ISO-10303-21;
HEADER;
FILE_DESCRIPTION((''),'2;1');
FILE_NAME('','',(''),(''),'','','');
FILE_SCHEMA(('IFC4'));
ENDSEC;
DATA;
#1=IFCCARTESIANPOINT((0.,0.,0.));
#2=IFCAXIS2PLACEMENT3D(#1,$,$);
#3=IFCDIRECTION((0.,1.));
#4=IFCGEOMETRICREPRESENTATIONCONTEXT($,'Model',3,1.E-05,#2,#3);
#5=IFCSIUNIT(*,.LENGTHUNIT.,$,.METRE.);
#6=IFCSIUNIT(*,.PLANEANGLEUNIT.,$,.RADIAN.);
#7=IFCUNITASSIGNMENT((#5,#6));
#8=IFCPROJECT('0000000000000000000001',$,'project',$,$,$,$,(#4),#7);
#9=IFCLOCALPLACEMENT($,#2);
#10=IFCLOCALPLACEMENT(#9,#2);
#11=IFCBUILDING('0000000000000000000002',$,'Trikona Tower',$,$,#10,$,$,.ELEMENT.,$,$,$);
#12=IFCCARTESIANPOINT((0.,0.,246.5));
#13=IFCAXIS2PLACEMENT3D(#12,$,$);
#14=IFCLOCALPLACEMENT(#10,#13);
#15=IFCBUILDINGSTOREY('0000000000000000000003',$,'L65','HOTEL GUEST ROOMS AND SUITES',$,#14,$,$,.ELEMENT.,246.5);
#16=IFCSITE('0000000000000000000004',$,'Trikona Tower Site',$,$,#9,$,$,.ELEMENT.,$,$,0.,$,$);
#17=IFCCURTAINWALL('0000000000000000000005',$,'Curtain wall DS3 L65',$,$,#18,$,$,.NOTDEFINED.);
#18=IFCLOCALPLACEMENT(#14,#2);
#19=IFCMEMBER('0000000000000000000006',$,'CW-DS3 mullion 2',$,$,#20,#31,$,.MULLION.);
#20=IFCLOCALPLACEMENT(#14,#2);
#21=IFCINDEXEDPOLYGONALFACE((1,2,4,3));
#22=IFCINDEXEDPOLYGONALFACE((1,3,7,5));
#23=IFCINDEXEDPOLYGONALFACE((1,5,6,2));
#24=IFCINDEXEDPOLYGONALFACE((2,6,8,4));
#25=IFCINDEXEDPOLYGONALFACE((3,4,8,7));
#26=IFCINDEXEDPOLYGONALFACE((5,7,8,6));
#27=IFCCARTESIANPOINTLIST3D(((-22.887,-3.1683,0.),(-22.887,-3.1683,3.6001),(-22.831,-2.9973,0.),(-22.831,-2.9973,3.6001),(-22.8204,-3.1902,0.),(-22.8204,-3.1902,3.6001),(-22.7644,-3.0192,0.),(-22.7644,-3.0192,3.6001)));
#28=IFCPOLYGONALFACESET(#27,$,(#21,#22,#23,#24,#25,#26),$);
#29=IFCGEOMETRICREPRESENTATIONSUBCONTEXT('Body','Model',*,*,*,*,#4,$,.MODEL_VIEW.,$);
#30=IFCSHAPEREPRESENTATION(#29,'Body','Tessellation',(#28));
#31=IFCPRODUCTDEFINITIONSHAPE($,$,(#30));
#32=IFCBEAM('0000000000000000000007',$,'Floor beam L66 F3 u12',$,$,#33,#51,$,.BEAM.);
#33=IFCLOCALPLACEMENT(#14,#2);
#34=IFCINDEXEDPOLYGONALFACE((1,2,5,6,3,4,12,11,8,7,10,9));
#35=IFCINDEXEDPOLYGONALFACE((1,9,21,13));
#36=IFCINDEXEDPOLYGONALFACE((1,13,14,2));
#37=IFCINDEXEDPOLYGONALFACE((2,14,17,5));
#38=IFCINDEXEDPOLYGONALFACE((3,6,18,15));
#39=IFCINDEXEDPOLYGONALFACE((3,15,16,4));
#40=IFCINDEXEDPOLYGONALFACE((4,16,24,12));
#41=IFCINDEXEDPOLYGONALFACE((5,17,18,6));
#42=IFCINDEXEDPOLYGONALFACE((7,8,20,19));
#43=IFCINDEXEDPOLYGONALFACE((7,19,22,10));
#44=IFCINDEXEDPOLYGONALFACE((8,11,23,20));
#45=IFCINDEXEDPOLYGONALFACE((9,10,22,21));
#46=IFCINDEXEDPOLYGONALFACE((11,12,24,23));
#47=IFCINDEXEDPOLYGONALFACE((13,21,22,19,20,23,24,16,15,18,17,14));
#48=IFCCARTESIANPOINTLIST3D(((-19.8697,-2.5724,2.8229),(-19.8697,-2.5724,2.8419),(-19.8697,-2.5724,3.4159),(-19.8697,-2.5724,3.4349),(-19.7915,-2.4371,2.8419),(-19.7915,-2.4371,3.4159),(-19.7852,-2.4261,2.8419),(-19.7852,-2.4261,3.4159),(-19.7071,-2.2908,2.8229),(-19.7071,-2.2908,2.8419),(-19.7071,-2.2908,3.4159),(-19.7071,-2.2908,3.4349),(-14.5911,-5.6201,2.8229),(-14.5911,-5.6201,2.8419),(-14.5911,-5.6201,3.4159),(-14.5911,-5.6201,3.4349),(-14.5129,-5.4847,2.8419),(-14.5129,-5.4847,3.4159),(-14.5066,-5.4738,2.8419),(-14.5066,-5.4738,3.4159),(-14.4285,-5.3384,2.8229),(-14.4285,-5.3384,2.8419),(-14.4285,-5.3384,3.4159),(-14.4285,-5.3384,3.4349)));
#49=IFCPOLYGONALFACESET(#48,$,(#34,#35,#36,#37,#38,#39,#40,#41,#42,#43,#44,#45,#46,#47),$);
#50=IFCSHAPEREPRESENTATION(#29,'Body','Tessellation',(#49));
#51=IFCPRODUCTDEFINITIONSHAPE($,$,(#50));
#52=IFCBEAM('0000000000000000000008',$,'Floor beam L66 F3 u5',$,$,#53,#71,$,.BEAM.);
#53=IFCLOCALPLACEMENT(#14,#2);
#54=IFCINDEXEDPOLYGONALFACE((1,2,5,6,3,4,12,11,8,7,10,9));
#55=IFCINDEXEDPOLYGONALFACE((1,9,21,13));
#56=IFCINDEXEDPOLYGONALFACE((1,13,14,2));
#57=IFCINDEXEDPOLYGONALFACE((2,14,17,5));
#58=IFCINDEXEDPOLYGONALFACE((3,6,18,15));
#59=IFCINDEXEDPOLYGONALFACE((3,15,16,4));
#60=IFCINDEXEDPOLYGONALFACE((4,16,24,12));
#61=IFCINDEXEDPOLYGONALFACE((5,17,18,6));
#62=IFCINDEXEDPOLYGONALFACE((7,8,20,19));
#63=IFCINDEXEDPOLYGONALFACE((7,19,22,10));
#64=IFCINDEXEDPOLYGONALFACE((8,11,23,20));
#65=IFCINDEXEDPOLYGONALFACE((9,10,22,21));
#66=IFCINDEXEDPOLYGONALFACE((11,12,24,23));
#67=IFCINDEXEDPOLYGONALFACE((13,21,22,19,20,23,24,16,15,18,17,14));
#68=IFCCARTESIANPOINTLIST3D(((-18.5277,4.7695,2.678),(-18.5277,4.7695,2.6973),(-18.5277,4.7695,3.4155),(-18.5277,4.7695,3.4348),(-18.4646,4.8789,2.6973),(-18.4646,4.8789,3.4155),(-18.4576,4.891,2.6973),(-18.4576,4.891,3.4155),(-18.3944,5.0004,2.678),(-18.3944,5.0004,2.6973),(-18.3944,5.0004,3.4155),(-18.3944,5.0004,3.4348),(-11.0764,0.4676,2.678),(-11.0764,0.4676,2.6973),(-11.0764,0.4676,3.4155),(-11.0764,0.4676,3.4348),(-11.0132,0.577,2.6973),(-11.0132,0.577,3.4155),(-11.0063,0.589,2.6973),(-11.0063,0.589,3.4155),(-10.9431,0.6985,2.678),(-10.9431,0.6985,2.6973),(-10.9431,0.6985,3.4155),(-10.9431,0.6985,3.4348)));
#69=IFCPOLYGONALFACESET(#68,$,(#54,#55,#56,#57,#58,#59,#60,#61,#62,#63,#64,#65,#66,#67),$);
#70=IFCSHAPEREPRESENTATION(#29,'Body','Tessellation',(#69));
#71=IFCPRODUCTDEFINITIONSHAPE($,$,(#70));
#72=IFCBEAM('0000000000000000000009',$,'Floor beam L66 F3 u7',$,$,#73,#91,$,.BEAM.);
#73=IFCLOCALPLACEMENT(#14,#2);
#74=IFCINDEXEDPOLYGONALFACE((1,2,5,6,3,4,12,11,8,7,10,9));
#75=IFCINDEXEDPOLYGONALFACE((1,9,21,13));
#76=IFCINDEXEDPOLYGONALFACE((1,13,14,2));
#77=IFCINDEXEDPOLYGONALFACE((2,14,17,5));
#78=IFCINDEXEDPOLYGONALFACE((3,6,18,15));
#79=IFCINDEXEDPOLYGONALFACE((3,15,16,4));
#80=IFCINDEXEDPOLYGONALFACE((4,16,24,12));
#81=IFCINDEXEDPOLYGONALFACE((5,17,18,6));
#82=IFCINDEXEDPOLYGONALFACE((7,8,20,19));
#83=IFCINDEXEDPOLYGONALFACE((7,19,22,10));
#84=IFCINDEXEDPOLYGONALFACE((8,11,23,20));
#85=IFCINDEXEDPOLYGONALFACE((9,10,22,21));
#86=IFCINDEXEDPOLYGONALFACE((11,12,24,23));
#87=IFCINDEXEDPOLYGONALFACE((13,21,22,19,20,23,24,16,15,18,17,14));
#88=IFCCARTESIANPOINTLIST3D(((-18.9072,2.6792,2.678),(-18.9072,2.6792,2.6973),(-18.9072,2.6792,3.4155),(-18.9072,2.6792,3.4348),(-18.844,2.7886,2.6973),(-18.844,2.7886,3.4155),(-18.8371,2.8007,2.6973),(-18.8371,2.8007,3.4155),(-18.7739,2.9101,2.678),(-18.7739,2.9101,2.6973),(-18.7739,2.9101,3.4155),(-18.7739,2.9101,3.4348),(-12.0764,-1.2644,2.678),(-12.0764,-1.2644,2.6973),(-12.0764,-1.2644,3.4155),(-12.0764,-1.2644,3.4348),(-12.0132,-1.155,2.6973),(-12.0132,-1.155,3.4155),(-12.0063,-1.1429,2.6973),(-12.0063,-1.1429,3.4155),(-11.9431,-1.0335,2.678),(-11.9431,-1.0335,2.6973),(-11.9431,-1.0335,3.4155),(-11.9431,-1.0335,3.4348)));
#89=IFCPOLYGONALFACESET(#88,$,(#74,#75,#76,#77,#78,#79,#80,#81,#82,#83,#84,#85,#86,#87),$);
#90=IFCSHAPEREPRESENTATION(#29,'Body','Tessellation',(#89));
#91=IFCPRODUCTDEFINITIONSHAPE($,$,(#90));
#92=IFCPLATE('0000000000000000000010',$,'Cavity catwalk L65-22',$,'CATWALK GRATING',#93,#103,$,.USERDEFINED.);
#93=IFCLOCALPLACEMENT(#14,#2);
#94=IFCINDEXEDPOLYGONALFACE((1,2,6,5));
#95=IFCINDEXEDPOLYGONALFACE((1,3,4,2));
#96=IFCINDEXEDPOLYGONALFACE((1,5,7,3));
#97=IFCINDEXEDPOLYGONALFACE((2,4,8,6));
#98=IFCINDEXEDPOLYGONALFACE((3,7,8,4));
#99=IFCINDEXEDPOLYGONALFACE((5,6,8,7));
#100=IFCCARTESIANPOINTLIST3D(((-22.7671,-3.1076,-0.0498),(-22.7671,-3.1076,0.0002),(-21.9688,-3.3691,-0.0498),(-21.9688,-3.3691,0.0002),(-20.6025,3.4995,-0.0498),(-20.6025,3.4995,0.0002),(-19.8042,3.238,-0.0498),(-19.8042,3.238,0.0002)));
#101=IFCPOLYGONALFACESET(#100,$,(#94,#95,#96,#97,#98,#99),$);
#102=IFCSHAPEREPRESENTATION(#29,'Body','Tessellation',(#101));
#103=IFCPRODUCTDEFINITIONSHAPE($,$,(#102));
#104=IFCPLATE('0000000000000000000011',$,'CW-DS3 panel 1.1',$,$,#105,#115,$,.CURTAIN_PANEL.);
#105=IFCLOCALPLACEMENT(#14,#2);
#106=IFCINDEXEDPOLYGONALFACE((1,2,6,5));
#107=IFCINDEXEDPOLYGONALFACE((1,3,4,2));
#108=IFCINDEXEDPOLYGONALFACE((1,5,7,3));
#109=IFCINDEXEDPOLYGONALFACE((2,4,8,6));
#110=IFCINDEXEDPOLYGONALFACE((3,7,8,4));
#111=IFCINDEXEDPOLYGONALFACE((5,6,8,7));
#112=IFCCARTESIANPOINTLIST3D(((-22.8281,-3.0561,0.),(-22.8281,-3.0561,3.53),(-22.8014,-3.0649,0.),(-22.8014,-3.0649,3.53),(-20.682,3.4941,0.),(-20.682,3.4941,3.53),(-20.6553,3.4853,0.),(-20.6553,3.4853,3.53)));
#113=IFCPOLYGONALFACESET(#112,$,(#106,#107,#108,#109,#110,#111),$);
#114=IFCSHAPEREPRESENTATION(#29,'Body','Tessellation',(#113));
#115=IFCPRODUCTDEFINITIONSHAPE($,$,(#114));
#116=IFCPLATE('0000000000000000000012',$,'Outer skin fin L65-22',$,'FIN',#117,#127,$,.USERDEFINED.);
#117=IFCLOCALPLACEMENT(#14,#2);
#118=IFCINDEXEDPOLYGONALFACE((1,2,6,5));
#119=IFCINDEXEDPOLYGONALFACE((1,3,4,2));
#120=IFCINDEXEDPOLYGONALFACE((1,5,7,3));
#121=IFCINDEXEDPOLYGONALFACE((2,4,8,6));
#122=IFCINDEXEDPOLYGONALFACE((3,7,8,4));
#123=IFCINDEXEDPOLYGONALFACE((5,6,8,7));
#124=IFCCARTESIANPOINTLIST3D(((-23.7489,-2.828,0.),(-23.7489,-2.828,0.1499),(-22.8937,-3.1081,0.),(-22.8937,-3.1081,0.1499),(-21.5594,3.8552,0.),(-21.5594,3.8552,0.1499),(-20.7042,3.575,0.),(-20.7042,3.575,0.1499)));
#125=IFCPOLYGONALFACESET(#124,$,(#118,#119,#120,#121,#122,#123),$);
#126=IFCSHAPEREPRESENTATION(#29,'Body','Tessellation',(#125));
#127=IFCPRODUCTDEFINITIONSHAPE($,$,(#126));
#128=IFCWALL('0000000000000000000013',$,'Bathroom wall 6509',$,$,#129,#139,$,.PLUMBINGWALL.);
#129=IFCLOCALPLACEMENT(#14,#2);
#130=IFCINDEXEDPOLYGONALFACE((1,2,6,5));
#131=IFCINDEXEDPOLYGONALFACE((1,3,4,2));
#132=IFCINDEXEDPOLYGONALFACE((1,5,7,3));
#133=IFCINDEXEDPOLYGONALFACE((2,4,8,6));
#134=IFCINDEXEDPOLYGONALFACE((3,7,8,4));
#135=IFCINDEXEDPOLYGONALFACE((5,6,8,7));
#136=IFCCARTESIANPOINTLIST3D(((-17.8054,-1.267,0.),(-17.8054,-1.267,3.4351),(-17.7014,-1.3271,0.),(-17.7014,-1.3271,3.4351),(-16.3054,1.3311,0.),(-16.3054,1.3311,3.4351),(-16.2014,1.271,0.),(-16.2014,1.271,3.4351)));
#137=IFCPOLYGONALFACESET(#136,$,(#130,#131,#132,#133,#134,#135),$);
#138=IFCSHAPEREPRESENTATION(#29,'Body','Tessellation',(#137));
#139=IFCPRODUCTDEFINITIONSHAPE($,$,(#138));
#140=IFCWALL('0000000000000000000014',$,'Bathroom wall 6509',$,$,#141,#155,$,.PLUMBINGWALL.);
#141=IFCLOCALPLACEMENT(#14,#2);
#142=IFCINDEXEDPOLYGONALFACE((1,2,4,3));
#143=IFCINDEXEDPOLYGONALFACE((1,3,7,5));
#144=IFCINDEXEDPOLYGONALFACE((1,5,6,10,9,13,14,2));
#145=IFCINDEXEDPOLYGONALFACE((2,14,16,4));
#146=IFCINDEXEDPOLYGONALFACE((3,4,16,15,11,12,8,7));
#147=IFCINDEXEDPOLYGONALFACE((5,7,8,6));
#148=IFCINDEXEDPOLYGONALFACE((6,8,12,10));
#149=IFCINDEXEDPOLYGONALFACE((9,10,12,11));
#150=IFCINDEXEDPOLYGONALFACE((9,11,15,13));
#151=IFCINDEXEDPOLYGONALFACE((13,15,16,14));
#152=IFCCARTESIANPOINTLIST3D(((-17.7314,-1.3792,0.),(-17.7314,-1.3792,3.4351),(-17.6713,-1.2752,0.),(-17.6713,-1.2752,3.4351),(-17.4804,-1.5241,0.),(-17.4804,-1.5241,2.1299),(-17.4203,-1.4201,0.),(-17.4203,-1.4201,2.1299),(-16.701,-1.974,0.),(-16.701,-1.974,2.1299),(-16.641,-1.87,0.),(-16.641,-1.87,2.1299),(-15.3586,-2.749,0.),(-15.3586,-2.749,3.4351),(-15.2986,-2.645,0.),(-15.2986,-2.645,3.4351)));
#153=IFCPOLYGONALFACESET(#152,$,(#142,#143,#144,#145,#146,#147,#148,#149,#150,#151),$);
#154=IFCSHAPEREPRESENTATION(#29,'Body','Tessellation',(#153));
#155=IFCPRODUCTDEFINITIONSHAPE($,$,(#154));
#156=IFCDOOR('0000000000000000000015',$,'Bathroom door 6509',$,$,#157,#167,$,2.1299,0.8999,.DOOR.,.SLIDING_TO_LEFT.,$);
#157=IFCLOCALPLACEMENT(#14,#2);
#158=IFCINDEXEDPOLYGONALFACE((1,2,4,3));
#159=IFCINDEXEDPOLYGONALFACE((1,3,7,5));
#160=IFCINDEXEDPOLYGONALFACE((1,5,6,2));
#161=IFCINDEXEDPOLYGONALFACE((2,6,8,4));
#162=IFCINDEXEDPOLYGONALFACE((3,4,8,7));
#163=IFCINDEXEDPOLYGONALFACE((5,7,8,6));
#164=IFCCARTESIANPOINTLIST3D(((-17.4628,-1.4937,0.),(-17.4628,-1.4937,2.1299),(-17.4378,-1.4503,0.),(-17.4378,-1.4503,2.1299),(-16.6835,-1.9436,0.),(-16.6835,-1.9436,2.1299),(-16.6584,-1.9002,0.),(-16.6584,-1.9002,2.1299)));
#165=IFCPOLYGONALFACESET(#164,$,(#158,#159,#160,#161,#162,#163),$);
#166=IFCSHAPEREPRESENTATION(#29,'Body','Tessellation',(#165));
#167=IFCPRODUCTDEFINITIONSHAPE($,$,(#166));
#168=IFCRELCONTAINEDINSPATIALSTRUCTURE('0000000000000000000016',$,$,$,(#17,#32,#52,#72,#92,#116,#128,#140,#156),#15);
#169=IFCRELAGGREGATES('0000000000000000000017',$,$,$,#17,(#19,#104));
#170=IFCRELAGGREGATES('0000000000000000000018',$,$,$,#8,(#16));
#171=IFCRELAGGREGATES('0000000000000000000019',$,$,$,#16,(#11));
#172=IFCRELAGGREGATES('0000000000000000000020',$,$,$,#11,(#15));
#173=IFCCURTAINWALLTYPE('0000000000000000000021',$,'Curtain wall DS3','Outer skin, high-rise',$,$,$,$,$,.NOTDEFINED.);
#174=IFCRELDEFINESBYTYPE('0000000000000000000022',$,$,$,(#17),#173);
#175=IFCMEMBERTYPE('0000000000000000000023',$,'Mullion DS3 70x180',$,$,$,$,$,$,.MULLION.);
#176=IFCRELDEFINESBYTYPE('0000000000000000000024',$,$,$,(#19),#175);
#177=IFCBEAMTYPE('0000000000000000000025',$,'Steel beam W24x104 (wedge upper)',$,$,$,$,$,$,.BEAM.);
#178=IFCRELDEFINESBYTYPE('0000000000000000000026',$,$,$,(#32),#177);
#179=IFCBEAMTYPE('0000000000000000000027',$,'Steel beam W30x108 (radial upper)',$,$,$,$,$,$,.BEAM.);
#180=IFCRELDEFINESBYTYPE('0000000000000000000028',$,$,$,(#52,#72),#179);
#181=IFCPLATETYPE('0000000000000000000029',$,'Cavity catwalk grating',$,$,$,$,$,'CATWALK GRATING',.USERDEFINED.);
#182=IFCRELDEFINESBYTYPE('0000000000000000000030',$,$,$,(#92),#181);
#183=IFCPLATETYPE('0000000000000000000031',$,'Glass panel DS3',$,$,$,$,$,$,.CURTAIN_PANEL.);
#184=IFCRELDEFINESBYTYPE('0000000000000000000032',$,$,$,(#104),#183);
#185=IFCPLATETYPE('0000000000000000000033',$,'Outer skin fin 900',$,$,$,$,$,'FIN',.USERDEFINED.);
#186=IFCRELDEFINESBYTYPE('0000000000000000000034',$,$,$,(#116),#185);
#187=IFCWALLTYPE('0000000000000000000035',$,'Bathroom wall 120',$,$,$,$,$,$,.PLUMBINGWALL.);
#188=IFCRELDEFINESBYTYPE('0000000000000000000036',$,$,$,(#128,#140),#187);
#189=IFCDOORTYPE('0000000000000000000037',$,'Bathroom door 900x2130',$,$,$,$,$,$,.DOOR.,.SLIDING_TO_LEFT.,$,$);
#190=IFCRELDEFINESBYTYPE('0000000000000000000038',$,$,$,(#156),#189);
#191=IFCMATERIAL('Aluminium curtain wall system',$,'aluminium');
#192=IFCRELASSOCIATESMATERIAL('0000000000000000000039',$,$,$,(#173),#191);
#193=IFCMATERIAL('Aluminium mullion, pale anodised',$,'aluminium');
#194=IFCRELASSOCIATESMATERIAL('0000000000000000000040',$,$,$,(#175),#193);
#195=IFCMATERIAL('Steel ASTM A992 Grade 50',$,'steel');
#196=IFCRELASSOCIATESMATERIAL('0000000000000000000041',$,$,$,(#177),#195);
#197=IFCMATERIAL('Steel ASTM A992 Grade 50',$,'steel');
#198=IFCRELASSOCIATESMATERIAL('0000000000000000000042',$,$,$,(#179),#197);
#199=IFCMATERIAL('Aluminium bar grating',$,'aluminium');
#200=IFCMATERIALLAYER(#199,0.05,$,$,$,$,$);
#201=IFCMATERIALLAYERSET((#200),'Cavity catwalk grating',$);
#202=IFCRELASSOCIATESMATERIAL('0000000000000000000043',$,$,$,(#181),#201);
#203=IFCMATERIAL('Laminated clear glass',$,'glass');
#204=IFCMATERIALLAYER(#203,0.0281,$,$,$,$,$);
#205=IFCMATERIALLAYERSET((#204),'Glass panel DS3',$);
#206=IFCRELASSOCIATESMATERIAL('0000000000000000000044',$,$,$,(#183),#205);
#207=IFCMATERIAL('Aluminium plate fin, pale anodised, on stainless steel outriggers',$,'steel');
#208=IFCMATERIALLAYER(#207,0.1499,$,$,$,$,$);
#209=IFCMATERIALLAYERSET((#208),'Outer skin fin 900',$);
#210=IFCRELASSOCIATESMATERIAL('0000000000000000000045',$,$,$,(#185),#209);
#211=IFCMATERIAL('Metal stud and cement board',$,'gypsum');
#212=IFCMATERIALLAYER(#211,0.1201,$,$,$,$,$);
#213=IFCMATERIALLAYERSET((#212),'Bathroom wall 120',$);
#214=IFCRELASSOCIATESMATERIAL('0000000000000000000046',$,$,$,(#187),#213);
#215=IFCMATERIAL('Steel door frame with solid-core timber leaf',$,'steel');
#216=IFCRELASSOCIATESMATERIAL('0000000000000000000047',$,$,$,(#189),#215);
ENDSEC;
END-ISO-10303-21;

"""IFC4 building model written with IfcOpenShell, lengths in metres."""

from ifc_helpers import new_model, si_unit, direction, frame, frame_2d, origin, origin_2d, place, context, subcontext, project, spatial, rectangle, i_section, extrude, material, layer, layer_set, material_profile, profile_set, type_object, element, fill, aggregate, save


model = new_model("IFC4")

# Units and contexts
model_context = context("Model", 3, precision=1e-05, world=origin(), true_north=direction((0.0, 1.0)))
body_context = subcontext(model_context, "Body", "Model", "MODEL_VIEW")
ifc_project = project(units=[si_unit("LENGTHUNIT", "METRE"), si_unit("PLANEANGLEUNIT", "RADIAN")], contexts=[model_context])

# Site, building, storey
site_placement = place(None, origin())
site = spatial("IfcSite", under=ifc_project, at=site_placement, Name="Trikona Tower Site", CompositionType="ELEMENT", RefElevation=0.0)
building_placement = place(site_placement, origin())
building = spatial("IfcBuilding", under=site, at=building_placement, Name="Trikona Tower", CompositionType="ELEMENT")
storey_placement = place(building_placement, frame((0.0, 0.0, 246.5)))
storey = spatial("IfcBuildingStorey", under=building, at=storey_placement, Name="L65", Description="HOTEL GUEST ROOMS AND SUITES", CompositionType="ELEMENT", Elevation=246.5)

# Curtain wall, member
ifc_material_1 = material(Name="Aluminium curtain wall system", Category="aluminium")
curtain_wall_type = type_object("IfcCurtainWallType", Name="Curtain wall DS3", Description="Outer skin, high-rise", PredefinedType="NOTDEFINED", material=ifc_material_1)
curtain_wall_placement = place(storey_placement, origin())
curtain_wall = element("IfcCurtainWall", 1, at=curtain_wall_placement, inside=storey, type_object=curtain_wall_type, Name="Curtain wall DS3 L65", PredefinedType="NOTDEFINED")
ifc_material_2 = material(Name="Aluminium mullion, pale anodised", Category="aluminium")
ifc_material_profile_1 = material_profile(ifc_material_2, rectangle(XDim=0.0701, YDim=0.1799, at=origin_2d()), Name="MUL-DS3")
ifc_profile_set_1 = profile_set([ifc_material_profile_1], Name="Aluminium mullion, pale anodised")
member_type = type_object("IfcMemberType", Name="Mullion DS3 70x180", PredefinedType="MULLION", material=ifc_profile_set_1)
member_placement = place(storey_placement, frame((-22.8257, -3.0938, 0.0), z_axis=(0.0, 0.0, 1.0), x_axis=(0.950297, -0.311344, 0.0)))
member = element("IfcMember", 2, at=member_placement, type_object=member_type, Name="CW-DS3 mullion 2", PredefinedType="MULLION", context=body_context, shape_type="SweptSolid", body=[
    extrude(rectangle(XDim=0.0701, YDim=0.1799, at=origin_2d()), origin(), (0.0, 0.0, 1.0), 3.6001),
])

# Beams
ifc_material_3 = material(Name="Steel ASTM A992 Grade 50", Category="steel")
ifc_material_profile_2 = material_profile(ifc_material_3, i_section(OverallWidth=0.3252, OverallDepth=0.6121, WebThickness=0.0127, FlangeThickness=0.019, at=origin_2d()), Name="W24X104")
ifc_profile_set_2 = profile_set([ifc_material_profile_2], Name="Steel ASTM A992 Grade 50")
beam_type_1 = type_object("IfcBeamType", Name="Steel beam W24x104 (wedge upper)", PredefinedType="BEAM", material=ifc_profile_set_2)
beam_1_placement = place(storey_placement, frame((-14.5098, -5.4792, 3.1289), z_axis=(-0.866023, 0.500003, 0.0), x_axis=(-0.500003, -0.866023, 0.0)))
element("IfcBeam", 3, at=beam_1_placement, inside=storey, type_object=beam_type_1, Name="Floor beam L66 F3 u12", PredefinedType="BEAM", context=body_context, shape_type="SweptSolid", body=[
    extrude(i_section(OverallWidth=0.3252, OverallDepth=0.6121, WebThickness=0.0127, FlangeThickness=0.019, at=origin_2d()), origin(), (0.0, 0.0, 1.0), 6.0952),
])
ifc_material_4 = material(Name="Steel ASTM A992 Grade 50", Category="steel")
ifc_material_profile_3 = material_profile(ifc_material_4, i_section(OverallWidth=0.2666, OverallDepth=0.7568, WebThickness=0.0139, FlangeThickness=0.0193, at=origin_2d()), Name="W30X108")
ifc_profile_set_3 = profile_set([ifc_material_profile_3], Name="Steel ASTM A992 Grade 50")
beam_type_2 = type_object("IfcBeamType", Name="Steel beam W30x108 (radial upper)", PredefinedType="BEAM", material=ifc_profile_set_3)
beam_2_placement = place(storey_placement, frame((-11.0098, 0.583, 3.0564), z_axis=(-0.866029, 0.499993, 0.0), x_axis=(-0.499993, -0.866029, 0.0)))
element("IfcBeam", 4, at=beam_2_placement, inside=storey, type_object=beam_type_2, Name="Floor beam L66 F3 u5", PredefinedType="BEAM", context=body_context, shape_type="SweptSolid", body=[
    extrude(i_section(OverallWidth=0.2666, OverallDepth=0.7568, WebThickness=0.0139, FlangeThickness=0.0193, at=origin_2d()), origin(), (0.0, 0.0, 1.0), 8.604),
])
beam_3_placement = place(storey_placement, frame((-12.0098, -1.1489, 3.0564), z_axis=(-0.866035, 0.499984, 0.0), x_axis=(-0.499984, -0.866035, 0.0)))
element("IfcBeam", 5, at=beam_3_placement, inside=storey, type_object=beam_type_2, Name="Floor beam L66 F3 u7", PredefinedType="BEAM", context=body_context, shape_type="SweptSolid", body=[
    extrude(i_section(OverallWidth=0.2666, OverallDepth=0.7568, WebThickness=0.0139, FlangeThickness=0.0193, at=origin_2d()), origin(), (0.0, 0.0, 1.0), 7.8875),
])

# Plates
ifc_material_5 = material(Name="Aluminium bar grating", Category="aluminium")
ifc_layer_1 = layer(ifc_material_5, 0.05)
ifc_layer_set_1 = layer_set([ifc_layer_1], Name="Cavity catwalk grating")
plate_type_1 = type_object("IfcPlateType", Name="Cavity catwalk grating", ElementType="CATWALK GRATING", PredefinedType="USERDEFINED", material=ifc_layer_set_1)
plate_1_placement = place(storey_placement, frame((-21.2856, 0.0652, -0.0498), z_axis=(0.0, 0.0, 1.0), x_axis=(-0.311337, -0.9503, 0.0)))
element("IfcPlate", 6, at=plate_1_placement, inside=storey, type_object=plate_type_1, Name="Cavity catwalk L65-22", ObjectType="CATWALK GRATING", PredefinedType="USERDEFINED", context=body_context, shape_type="SweptSolid", body=[
    extrude(rectangle(XDim=6.9526, YDim=0.8401, at=origin_2d()), origin(), (0.0, 0.0, 1.0), 0.05),
])
ifc_material_6 = material(Name="Laminated clear glass", Category="glass")
ifc_layer_2 = layer(ifc_material_6, 0.0281)
ifc_layer_set_2 = layer_set([ifc_layer_2], Name="Glass panel DS3")
plate_type_2 = type_object("IfcPlateType", Name="Glass panel DS3", PredefinedType="CURTAIN_PANEL", material=ifc_layer_set_2)
plate_2_placement = place(storey_placement, frame((-21.7417, 0.2146, 0.0), z_axis=(0.0, 0.0, 1.0), x_axis=(-0.311344, -0.950297, 0.0)))
plate_2 = element("IfcPlate", 7, at=plate_2_placement, type_object=plate_type_2, Name="CW-DS3 panel 1.1", PredefinedType="CURTAIN_PANEL", context=body_context, shape_type="SweptSolid", body=[
    extrude(rectangle(XDim=6.8928, YDim=0.0281, at=origin_2d()), origin(), (0.0, 0.0, 1.0), 3.53),
])
aggregate(curtain_wall, [member, plate_2])
ifc_material_7 = material(Name="Aluminium plate fin, pale anodised, on stainless steel outriggers", Category="steel")
ifc_layer_3 = layer(ifc_material_7, 0.1499)
ifc_layer_set_3 = layer_set([ifc_layer_3], Name="Outer skin fin 900")
plate_type_3 = type_object("IfcPlateType", Name="Outer skin fin 900", ElementType="FIN", PredefinedType="USERDEFINED", material=ifc_layer_set_3)
plate_3_placement = place(storey_placement, frame((-22.2266, 0.3735, 0.0), z_axis=(0.0, 0.0, 1.0), x_axis=(-0.311337, -0.9503, 0.0)))
element("IfcPlate", 8, at=plate_3_placement, inside=storey, type_object=plate_type_3, Name="Outer skin fin L65-22", ObjectType="FIN", PredefinedType="USERDEFINED", context=body_context, shape_type="SweptSolid", body=[
    extrude(rectangle(XDim=7.0327, YDim=0.8999, at=origin_2d()), origin(), (0.0, 0.0, 1.0), 0.1499),
])

# Wall
ifc_material_8 = material(Name="Metal stud and cement board", Category="gypsum")
ifc_layer_4 = layer(ifc_material_8, 0.1201)
ifc_layer_set_4 = layer_set([ifc_layer_4], Name="Bathroom wall 120")
wall_type_1 = type_object("IfcWallType", Name="Bathroom wall 120", PredefinedType="PLUMBINGWALL", material=ifc_layer_set_4)
wall_1_placement = place(storey_placement, frame((-16.2534, 1.301, 0.0), z_axis=(0.0, 0.0, 1.0), x_axis=(-0.49999, -0.866031, 0.0)))
element("IfcWall", 9, at=wall_1_placement, inside=storey, type_object=wall_type_1, Name="Bathroom wall 6509", PredefinedType="PLUMBINGWALL", context=body_context, shape_type="SweptSolid", body=[
    extrude(rectangle(XDim=3.0, YDim=0.1201, at=frame_2d((1.5, 0.0))), origin(), (0.0, 0.0, 1.0), 3.4351),
])

# Wall, opening, door
wall_2_placement = place(storey_placement, frame((-15.3286, -2.697, 0.0), z_axis=(0.0, 0.0, 1.0), x_axis=(-0.866036, 0.499982, 0.0)))
wall_2 = element("IfcWall", 10, at=wall_2_placement, inside=storey, type_object=wall_type_1, Name="Bathroom wall 6509", PredefinedType="PLUMBINGWALL", context=body_context, shape_type="SweptSolid", body=[
    extrude(rectangle(XDim=2.7397, YDim=0.1201, at=frame_2d((1.3699, 0.0))), origin(), (0.0, 0.0, 1.0), 3.4351),
])
opening_1_placement = place(wall_2_placement, frame((1.55, 0.0, 0.0)))
opening_1 = element("IfcOpeningElement", 11, at=opening_1_placement, cuts=wall_2, PredefinedType="OPENING", context=body_context, shape_type="SweptSolid", body=[
    extrude(rectangle(XDim=0.8999, YDim=2.1299, at=frame_2d((0.45, 1.0649))), frame((0.0, 0.0701, 0.0), z_axis=(0.0, -1.0, 0.0), x_axis=(1.0, 0.0, 0.0)), (0.0, 0.0, 1.0), 0.1401),
])
ifc_material_9 = material(Name="Steel door frame with solid-core timber leaf", Category="steel")
door_type_1 = type_object("IfcDoorType", Name="Bathroom door 900x2130", OperationType="SLIDING_TO_LEFT", PredefinedType="DOOR", material=ifc_material_9)
door_1_placement = place(opening_1_placement, origin())
door_1 = element("IfcDoor", 12, at=door_1_placement, inside=storey, type_object=door_type_1, Name="Bathroom door 6509", OperationType="SLIDING_TO_LEFT", OverallHeight=2.1299, OverallWidth=0.8999, PredefinedType="DOOR", context=body_context, shape_type="SweptSolid", body=[
    extrude(rectangle(XDim=0.8999, YDim=2.1299, at=frame_2d((0.45, 1.0649))), frame((0.0, 0.0249, 0.0), z_axis=(0.0, -1.0, 0.0), x_axis=(1.0, 0.0, 0.0)), (0.0, 0.0, 1.0), 0.05),
])
fill(opening_1, door_1)

save(model, "model.ifc")
